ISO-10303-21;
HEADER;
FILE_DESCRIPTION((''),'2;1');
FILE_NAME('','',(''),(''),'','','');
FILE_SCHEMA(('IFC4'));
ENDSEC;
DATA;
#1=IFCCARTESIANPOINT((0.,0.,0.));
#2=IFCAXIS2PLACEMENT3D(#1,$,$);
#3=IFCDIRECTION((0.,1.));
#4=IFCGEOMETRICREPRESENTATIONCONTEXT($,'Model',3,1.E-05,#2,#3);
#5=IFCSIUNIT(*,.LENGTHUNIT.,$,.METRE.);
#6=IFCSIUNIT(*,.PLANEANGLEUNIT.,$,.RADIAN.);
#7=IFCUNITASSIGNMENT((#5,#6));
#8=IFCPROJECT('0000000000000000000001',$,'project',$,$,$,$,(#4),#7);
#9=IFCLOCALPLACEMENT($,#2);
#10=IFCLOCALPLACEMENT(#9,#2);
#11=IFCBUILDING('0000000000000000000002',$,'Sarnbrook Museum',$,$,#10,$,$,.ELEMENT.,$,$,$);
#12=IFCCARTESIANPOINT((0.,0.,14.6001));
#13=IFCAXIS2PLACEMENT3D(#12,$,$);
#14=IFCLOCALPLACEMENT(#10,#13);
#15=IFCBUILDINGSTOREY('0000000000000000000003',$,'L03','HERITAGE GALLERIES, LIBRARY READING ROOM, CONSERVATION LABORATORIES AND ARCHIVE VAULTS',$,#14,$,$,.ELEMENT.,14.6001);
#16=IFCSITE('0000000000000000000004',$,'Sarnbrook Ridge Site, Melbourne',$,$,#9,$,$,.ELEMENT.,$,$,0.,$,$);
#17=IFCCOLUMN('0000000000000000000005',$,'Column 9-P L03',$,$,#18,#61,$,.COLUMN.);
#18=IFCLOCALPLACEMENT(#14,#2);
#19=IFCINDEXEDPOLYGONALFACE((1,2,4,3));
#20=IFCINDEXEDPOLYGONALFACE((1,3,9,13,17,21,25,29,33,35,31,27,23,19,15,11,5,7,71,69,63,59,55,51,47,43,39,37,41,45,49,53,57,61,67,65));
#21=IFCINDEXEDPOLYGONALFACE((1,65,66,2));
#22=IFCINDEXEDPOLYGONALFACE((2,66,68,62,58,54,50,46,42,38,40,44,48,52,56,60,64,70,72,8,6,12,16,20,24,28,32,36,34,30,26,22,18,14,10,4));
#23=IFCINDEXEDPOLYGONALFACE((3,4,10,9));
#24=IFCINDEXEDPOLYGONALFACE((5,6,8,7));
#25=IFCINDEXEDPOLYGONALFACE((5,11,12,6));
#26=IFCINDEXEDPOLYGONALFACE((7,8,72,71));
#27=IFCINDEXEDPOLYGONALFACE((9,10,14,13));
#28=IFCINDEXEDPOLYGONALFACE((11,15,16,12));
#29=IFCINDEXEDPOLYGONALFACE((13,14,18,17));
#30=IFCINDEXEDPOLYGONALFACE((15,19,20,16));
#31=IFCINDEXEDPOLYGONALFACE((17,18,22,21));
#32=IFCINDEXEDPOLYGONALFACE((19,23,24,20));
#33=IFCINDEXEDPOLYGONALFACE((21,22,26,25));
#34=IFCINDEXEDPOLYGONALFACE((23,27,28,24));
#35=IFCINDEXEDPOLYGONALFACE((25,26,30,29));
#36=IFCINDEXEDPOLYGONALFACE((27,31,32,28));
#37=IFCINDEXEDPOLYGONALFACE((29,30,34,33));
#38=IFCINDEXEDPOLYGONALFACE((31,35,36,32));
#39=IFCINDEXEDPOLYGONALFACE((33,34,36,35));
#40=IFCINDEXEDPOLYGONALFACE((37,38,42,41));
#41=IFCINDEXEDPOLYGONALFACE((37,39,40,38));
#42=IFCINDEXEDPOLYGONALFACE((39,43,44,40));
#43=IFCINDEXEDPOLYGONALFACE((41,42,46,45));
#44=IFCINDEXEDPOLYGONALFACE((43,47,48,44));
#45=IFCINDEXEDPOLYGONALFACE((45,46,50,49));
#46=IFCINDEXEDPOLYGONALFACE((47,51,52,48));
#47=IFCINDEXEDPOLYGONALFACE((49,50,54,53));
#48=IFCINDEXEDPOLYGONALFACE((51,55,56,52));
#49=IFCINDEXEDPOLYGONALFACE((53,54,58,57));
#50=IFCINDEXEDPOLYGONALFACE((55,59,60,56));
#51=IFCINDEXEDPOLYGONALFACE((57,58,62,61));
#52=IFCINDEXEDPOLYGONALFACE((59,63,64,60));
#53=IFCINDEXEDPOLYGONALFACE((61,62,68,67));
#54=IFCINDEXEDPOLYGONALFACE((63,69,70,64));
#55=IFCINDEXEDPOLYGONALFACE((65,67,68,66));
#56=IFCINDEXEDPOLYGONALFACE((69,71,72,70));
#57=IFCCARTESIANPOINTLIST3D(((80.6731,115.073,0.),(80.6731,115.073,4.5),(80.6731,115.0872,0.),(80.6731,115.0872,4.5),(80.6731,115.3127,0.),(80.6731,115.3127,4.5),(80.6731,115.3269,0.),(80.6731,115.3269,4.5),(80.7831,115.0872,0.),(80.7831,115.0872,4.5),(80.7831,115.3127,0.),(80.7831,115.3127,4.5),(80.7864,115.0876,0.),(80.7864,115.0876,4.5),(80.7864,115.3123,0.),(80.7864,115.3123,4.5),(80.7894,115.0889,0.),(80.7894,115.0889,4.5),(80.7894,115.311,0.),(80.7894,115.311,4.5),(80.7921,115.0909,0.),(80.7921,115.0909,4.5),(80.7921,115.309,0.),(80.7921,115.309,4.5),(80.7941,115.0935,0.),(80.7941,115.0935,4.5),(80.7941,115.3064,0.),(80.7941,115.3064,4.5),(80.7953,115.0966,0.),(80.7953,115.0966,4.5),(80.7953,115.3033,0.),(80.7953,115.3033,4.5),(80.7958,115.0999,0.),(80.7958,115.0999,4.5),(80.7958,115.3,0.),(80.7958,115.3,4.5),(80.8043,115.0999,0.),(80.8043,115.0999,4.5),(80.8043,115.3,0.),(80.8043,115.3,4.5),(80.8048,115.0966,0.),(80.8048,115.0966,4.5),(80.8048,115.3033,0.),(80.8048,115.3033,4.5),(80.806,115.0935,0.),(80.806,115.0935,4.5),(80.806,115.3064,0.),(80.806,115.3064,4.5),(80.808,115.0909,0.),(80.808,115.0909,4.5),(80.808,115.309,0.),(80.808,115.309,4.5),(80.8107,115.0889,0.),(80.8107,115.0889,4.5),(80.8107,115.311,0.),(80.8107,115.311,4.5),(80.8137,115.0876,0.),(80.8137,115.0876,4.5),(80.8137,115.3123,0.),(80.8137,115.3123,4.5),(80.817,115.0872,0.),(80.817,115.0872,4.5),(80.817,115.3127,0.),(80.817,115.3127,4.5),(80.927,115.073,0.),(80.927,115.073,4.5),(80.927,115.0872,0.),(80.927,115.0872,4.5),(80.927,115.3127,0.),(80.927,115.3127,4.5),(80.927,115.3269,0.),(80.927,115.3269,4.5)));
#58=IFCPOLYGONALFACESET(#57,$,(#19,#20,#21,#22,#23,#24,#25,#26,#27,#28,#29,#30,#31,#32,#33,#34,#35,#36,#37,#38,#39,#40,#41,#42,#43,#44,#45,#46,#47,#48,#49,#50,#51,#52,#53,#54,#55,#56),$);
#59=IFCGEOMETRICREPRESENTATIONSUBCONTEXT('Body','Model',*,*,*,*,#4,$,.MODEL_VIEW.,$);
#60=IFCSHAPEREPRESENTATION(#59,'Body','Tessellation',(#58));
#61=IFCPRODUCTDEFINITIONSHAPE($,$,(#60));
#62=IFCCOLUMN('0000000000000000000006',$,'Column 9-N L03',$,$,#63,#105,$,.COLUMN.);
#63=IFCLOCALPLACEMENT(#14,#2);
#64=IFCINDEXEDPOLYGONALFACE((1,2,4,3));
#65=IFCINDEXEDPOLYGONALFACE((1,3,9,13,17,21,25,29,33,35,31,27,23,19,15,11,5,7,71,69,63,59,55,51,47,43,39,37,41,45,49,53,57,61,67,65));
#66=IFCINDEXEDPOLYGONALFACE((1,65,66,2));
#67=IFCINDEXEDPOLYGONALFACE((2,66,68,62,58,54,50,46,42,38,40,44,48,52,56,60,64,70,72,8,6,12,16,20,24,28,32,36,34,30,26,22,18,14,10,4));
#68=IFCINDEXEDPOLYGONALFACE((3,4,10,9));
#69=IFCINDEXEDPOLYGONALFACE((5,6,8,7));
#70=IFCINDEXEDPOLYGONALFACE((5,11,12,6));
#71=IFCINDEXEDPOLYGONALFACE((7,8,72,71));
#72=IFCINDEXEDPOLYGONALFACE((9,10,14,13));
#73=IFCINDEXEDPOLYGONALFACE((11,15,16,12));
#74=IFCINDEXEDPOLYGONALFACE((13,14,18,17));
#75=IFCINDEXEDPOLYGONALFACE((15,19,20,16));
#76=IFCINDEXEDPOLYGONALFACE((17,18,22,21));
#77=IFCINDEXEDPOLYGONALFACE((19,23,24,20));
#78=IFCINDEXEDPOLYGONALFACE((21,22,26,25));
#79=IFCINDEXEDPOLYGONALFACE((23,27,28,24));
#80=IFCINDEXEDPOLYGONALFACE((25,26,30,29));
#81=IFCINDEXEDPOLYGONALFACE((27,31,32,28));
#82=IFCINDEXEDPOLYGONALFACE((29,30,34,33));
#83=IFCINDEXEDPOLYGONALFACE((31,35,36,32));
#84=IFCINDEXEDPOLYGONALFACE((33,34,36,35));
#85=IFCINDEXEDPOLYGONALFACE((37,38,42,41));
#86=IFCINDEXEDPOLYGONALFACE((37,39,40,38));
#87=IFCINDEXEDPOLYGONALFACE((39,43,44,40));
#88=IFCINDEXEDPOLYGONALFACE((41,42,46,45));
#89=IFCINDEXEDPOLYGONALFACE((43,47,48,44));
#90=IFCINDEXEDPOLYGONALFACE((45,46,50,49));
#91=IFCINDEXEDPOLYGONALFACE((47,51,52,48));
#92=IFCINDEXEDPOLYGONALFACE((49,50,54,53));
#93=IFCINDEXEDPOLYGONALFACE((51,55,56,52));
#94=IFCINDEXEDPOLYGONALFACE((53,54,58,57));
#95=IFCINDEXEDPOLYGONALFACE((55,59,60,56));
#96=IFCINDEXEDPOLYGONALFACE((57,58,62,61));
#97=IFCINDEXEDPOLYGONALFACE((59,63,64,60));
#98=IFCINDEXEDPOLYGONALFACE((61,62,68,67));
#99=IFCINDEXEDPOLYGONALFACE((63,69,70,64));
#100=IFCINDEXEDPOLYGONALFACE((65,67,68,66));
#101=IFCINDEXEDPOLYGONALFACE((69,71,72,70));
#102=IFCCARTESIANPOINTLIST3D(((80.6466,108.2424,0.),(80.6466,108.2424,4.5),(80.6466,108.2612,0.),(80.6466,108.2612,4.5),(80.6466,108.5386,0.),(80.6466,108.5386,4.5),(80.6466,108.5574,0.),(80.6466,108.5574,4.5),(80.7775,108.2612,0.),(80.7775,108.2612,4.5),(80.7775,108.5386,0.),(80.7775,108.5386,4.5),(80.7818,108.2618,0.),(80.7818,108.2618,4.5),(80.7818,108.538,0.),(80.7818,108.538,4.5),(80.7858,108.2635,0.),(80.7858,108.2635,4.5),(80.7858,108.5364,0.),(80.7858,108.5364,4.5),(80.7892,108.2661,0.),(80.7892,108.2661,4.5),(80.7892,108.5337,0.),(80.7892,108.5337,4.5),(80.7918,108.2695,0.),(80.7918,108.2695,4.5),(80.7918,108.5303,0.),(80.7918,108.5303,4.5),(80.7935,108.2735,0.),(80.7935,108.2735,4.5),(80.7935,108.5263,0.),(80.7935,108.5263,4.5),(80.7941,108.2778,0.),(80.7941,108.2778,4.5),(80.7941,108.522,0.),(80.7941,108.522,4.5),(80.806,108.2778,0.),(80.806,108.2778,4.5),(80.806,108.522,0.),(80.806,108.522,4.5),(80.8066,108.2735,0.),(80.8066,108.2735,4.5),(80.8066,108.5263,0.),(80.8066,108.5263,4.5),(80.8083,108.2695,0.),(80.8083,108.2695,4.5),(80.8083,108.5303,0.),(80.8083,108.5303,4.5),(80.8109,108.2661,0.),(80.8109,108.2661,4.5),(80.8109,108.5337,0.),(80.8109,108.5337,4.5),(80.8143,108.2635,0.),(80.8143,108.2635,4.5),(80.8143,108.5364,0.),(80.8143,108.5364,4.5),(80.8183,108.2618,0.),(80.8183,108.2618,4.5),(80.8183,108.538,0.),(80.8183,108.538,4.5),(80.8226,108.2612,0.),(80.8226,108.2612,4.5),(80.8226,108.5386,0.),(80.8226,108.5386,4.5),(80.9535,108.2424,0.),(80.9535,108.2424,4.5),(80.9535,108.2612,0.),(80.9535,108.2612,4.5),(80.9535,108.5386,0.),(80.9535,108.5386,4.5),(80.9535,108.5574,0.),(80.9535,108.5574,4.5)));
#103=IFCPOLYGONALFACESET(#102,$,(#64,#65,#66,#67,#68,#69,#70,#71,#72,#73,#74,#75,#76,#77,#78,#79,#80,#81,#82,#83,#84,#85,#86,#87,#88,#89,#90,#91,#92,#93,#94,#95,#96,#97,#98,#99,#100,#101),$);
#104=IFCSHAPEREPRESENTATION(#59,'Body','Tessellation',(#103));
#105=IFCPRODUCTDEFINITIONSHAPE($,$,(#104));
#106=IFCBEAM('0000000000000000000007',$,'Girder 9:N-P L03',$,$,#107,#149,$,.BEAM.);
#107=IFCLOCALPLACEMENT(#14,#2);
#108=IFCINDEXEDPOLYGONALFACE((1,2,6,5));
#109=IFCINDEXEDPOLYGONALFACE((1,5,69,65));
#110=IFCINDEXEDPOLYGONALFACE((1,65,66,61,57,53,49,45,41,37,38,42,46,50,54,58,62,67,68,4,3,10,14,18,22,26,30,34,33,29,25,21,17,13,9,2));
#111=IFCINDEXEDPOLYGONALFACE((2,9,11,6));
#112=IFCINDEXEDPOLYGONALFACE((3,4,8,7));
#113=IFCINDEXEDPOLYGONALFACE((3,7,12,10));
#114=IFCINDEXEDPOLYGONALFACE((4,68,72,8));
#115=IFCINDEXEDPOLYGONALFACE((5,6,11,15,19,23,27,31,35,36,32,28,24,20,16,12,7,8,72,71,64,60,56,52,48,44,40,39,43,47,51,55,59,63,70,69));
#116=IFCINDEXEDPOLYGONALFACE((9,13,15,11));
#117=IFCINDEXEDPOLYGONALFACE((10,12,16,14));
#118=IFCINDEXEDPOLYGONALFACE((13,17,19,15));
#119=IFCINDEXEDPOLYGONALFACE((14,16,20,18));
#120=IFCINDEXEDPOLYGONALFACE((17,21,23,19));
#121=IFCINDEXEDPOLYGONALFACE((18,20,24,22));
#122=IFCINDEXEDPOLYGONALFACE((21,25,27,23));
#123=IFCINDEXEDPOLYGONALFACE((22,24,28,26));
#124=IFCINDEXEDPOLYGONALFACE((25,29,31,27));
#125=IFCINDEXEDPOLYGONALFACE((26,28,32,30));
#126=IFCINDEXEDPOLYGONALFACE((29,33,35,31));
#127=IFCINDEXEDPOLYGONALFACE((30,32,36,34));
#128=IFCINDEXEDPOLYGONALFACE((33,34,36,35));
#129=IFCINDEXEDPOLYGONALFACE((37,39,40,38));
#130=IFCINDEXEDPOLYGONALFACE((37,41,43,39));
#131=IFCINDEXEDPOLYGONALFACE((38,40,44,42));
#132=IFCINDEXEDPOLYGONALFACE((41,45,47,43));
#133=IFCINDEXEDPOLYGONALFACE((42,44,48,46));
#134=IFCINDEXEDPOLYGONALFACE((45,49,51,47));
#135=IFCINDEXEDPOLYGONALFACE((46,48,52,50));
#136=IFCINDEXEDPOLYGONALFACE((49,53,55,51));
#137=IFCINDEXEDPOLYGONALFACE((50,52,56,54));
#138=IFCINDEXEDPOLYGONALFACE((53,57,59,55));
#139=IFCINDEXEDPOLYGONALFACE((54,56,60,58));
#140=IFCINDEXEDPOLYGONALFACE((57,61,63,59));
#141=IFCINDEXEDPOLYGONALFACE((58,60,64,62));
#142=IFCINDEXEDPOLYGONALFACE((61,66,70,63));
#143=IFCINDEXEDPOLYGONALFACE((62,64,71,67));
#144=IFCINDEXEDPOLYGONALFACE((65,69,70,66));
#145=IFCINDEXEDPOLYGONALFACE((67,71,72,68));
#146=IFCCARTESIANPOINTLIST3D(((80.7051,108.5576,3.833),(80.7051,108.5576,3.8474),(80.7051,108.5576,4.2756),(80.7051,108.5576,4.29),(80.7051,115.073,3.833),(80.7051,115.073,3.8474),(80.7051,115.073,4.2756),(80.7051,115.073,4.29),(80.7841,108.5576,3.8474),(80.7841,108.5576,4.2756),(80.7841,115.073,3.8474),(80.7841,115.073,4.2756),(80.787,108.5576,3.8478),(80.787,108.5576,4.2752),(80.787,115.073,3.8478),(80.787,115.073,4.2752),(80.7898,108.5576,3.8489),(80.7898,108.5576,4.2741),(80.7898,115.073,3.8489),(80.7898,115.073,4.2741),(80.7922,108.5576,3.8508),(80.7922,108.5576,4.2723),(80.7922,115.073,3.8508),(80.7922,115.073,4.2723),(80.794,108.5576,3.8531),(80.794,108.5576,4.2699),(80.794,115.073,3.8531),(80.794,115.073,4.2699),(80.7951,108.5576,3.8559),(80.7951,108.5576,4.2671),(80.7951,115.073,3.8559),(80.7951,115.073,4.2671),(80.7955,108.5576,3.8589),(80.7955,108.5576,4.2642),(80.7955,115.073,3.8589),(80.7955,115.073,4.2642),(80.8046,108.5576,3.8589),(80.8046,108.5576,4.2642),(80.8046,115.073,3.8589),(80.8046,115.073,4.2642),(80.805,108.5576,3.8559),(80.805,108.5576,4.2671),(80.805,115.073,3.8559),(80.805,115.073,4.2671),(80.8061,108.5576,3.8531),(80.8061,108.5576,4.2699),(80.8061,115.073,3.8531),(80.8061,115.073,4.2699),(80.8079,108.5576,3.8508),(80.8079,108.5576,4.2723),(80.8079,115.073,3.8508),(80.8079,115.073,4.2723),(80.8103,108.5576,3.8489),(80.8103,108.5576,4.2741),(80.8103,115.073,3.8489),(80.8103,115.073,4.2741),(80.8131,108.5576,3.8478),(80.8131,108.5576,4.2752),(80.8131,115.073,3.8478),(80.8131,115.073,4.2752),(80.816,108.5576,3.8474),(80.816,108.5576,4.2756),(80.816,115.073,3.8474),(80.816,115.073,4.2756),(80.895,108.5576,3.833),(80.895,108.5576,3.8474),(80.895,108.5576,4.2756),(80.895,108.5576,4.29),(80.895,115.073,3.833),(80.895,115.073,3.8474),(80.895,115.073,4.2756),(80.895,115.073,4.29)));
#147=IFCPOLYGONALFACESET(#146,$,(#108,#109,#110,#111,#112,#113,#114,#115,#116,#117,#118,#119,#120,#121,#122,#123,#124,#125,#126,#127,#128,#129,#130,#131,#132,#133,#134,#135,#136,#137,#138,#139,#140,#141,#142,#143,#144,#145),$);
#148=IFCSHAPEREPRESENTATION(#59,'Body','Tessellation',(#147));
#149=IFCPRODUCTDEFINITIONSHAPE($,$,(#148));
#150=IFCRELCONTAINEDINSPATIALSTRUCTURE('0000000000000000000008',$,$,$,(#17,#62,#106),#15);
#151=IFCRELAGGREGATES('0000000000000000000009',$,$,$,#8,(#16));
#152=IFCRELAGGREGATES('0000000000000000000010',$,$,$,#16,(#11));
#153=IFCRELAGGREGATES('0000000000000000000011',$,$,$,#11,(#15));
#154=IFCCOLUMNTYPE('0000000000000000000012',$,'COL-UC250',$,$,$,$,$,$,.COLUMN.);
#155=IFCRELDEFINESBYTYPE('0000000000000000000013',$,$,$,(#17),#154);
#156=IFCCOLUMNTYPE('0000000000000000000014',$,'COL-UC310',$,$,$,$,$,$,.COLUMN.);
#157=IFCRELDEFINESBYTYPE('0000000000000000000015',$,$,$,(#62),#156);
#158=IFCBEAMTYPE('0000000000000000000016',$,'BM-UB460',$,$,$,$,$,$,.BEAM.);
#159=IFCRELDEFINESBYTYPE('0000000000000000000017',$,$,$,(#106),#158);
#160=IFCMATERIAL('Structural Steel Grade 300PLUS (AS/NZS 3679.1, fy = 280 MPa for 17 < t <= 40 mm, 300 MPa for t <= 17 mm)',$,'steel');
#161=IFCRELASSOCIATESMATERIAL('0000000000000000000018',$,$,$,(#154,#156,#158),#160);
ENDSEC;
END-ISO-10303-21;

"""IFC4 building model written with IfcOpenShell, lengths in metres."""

from ifc_helpers import new_model, si_unit, direction, frame, origin, origin_2d, place, context, subcontext, project, spatial, i_section, extrude, material, material_profile, profile_set, type_object, element, save


model = new_model("IFC4")

# Units and contexts
model_context = context("Model", 3, precision=1e-05, world=origin(), true_north=direction((0.0, 1.0)))
body_context = subcontext(model_context, "Body", "Model", "MODEL_VIEW")
ifc_project = project(units=[si_unit("LENGTHUNIT", "METRE"), si_unit("PLANEANGLEUNIT", "RADIAN")], contexts=[model_context])

# Site, building, storey
site_placement = place(None, origin())
site = spatial("IfcSite", under=ifc_project, at=site_placement, Name="Sarnbrook Ridge Site, Melbourne", CompositionType="ELEMENT", RefElevation=0.0)
building_placement = place(site_placement, origin())
building = spatial("IfcBuilding", under=site, at=building_placement, Name="Sarnbrook Museum", CompositionType="ELEMENT")
storey_placement = place(building_placement, frame((0.0, 0.0, 14.6001)))
storey = spatial("IfcBuildingStorey", under=building, at=storey_placement, Name="L03", Description="HERITAGE GALLERIES, LIBRARY READING ROOM, CONSERVATION LABORATORIES AND ARCHIVE VAULTS", CompositionType="ELEMENT", Elevation=14.6001)

# Columns
ifc_material_1 = material(Name="Structural Steel Grade 300PLUS (AS/NZS 3679.1, fy = 280 MPa for 17 < t <= 40 mm, 300 MPa for t <= 17 mm)", Category="steel")
ifc_material_profile_1 = material_profile(ifc_material_1, i_section(OverallWidth=0.2539, OverallDepth=0.2539, WebThickness=0.0085, FlangeThickness=0.0142, FilletRadius=0.0127, at=origin_2d()), Name="250UC72.9")
ifc_profile_set_1 = profile_set([ifc_material_profile_1], Name="Structural Steel Grade 300PLUS (AS/NZS 3679.1, fy = 280 MPa for 17 < t <= 40 mm, 300 MPa for t <= 17 mm)")
column_type_1 = type_object("IfcColumnType", Name="COL-UC250", PredefinedType="COLUMN", material=ifc_profile_set_1)
column_1_placement = place(storey_placement, frame((80.8, 115.2, 0.0), z_axis=(0.0, 0.0, 1.0), x_axis=(1.0, 0.0, 0.0)))
element("IfcColumn", 1, at=column_1_placement, inside=storey, type_object=column_type_1, Name="Column 9-P L03", PredefinedType="COLUMN", context=body_context, shape_type="SweptSolid", body=[
    extrude(i_section(OverallWidth=0.2539, OverallDepth=0.2539, WebThickness=0.0085, FlangeThickness=0.0142, FilletRadius=0.0127, at=origin_2d()), origin(), (0.0, 0.0, 1.0), 4.5),
])
ifc_material_profile_2 = material_profile(ifc_material_1, i_section(OverallWidth=0.3069, OverallDepth=0.3149, WebThickness=0.012, FlangeThickness=0.0188, FilletRadius=0.0166, at=origin_2d()), Name="310UC118")
ifc_profile_set_2 = profile_set([ifc_material_profile_2], Name="Structural Steel Grade 300PLUS (AS/NZS 3679.1, fy = 280 MPa for 17 < t <= 40 mm, 300 MPa for t <= 17 mm)")
column_type_2 = type_object("IfcColumnType", Name="COL-UC310", PredefinedType="COLUMN", material=ifc_profile_set_2)
column_2_placement = place(storey_placement, frame((80.8, 108.3999, 0.0), z_axis=(0.0, 0.0, 1.0), x_axis=(1.0, 0.0, 0.0)))
element("IfcColumn", 2, at=column_2_placement, inside=storey, type_object=column_type_2, Name="Column 9-N L03", PredefinedType="COLUMN", context=body_context, shape_type="SweptSolid", body=[
    extrude(i_section(OverallWidth=0.3069, OverallDepth=0.3149, WebThickness=0.012, FlangeThickness=0.0188, FilletRadius=0.0166, at=origin_2d()), origin(), (0.0, 0.0, 1.0), 4.5),
])

# Beam
ifc_material_profile_3 = material_profile(ifc_material_1, i_section(OverallWidth=0.1899, OverallDepth=0.457, WebThickness=0.009, FlangeThickness=0.0144, FilletRadius=0.0115, at=origin_2d()), Name="460UB74.6")
ifc_profile_set_3 = profile_set([ifc_material_profile_3], Name="Structural Steel Grade 300PLUS (AS/NZS 3679.1, fy = 280 MPa for 17 < t <= 40 mm, 300 MPa for t <= 17 mm)")
beam_type_1 = type_object("IfcBeamType", Name="BM-UB460", PredefinedType="BEAM", material=ifc_profile_set_3)
beam_1_placement = place(storey_placement, frame((80.8, 108.5576, 4.0615), z_axis=(0.0, 1.0, 0.0), x_axis=(-1.0, 0.0, 0.0)))
element("IfcBeam", 3, at=beam_1_placement, inside=storey, type_object=beam_type_1, Name="Girder 9:N-P L03", PredefinedType="BEAM", context=body_context, shape_type="SweptSolid", body=[
    extrude(i_section(OverallWidth=0.1899, OverallDepth=0.457, WebThickness=0.009, FlangeThickness=0.0144, FilletRadius=0.0115, at=origin_2d()), origin(), (0.0, 0.0, 1.0), 6.5154),
])

save(model, "model.ifc")
